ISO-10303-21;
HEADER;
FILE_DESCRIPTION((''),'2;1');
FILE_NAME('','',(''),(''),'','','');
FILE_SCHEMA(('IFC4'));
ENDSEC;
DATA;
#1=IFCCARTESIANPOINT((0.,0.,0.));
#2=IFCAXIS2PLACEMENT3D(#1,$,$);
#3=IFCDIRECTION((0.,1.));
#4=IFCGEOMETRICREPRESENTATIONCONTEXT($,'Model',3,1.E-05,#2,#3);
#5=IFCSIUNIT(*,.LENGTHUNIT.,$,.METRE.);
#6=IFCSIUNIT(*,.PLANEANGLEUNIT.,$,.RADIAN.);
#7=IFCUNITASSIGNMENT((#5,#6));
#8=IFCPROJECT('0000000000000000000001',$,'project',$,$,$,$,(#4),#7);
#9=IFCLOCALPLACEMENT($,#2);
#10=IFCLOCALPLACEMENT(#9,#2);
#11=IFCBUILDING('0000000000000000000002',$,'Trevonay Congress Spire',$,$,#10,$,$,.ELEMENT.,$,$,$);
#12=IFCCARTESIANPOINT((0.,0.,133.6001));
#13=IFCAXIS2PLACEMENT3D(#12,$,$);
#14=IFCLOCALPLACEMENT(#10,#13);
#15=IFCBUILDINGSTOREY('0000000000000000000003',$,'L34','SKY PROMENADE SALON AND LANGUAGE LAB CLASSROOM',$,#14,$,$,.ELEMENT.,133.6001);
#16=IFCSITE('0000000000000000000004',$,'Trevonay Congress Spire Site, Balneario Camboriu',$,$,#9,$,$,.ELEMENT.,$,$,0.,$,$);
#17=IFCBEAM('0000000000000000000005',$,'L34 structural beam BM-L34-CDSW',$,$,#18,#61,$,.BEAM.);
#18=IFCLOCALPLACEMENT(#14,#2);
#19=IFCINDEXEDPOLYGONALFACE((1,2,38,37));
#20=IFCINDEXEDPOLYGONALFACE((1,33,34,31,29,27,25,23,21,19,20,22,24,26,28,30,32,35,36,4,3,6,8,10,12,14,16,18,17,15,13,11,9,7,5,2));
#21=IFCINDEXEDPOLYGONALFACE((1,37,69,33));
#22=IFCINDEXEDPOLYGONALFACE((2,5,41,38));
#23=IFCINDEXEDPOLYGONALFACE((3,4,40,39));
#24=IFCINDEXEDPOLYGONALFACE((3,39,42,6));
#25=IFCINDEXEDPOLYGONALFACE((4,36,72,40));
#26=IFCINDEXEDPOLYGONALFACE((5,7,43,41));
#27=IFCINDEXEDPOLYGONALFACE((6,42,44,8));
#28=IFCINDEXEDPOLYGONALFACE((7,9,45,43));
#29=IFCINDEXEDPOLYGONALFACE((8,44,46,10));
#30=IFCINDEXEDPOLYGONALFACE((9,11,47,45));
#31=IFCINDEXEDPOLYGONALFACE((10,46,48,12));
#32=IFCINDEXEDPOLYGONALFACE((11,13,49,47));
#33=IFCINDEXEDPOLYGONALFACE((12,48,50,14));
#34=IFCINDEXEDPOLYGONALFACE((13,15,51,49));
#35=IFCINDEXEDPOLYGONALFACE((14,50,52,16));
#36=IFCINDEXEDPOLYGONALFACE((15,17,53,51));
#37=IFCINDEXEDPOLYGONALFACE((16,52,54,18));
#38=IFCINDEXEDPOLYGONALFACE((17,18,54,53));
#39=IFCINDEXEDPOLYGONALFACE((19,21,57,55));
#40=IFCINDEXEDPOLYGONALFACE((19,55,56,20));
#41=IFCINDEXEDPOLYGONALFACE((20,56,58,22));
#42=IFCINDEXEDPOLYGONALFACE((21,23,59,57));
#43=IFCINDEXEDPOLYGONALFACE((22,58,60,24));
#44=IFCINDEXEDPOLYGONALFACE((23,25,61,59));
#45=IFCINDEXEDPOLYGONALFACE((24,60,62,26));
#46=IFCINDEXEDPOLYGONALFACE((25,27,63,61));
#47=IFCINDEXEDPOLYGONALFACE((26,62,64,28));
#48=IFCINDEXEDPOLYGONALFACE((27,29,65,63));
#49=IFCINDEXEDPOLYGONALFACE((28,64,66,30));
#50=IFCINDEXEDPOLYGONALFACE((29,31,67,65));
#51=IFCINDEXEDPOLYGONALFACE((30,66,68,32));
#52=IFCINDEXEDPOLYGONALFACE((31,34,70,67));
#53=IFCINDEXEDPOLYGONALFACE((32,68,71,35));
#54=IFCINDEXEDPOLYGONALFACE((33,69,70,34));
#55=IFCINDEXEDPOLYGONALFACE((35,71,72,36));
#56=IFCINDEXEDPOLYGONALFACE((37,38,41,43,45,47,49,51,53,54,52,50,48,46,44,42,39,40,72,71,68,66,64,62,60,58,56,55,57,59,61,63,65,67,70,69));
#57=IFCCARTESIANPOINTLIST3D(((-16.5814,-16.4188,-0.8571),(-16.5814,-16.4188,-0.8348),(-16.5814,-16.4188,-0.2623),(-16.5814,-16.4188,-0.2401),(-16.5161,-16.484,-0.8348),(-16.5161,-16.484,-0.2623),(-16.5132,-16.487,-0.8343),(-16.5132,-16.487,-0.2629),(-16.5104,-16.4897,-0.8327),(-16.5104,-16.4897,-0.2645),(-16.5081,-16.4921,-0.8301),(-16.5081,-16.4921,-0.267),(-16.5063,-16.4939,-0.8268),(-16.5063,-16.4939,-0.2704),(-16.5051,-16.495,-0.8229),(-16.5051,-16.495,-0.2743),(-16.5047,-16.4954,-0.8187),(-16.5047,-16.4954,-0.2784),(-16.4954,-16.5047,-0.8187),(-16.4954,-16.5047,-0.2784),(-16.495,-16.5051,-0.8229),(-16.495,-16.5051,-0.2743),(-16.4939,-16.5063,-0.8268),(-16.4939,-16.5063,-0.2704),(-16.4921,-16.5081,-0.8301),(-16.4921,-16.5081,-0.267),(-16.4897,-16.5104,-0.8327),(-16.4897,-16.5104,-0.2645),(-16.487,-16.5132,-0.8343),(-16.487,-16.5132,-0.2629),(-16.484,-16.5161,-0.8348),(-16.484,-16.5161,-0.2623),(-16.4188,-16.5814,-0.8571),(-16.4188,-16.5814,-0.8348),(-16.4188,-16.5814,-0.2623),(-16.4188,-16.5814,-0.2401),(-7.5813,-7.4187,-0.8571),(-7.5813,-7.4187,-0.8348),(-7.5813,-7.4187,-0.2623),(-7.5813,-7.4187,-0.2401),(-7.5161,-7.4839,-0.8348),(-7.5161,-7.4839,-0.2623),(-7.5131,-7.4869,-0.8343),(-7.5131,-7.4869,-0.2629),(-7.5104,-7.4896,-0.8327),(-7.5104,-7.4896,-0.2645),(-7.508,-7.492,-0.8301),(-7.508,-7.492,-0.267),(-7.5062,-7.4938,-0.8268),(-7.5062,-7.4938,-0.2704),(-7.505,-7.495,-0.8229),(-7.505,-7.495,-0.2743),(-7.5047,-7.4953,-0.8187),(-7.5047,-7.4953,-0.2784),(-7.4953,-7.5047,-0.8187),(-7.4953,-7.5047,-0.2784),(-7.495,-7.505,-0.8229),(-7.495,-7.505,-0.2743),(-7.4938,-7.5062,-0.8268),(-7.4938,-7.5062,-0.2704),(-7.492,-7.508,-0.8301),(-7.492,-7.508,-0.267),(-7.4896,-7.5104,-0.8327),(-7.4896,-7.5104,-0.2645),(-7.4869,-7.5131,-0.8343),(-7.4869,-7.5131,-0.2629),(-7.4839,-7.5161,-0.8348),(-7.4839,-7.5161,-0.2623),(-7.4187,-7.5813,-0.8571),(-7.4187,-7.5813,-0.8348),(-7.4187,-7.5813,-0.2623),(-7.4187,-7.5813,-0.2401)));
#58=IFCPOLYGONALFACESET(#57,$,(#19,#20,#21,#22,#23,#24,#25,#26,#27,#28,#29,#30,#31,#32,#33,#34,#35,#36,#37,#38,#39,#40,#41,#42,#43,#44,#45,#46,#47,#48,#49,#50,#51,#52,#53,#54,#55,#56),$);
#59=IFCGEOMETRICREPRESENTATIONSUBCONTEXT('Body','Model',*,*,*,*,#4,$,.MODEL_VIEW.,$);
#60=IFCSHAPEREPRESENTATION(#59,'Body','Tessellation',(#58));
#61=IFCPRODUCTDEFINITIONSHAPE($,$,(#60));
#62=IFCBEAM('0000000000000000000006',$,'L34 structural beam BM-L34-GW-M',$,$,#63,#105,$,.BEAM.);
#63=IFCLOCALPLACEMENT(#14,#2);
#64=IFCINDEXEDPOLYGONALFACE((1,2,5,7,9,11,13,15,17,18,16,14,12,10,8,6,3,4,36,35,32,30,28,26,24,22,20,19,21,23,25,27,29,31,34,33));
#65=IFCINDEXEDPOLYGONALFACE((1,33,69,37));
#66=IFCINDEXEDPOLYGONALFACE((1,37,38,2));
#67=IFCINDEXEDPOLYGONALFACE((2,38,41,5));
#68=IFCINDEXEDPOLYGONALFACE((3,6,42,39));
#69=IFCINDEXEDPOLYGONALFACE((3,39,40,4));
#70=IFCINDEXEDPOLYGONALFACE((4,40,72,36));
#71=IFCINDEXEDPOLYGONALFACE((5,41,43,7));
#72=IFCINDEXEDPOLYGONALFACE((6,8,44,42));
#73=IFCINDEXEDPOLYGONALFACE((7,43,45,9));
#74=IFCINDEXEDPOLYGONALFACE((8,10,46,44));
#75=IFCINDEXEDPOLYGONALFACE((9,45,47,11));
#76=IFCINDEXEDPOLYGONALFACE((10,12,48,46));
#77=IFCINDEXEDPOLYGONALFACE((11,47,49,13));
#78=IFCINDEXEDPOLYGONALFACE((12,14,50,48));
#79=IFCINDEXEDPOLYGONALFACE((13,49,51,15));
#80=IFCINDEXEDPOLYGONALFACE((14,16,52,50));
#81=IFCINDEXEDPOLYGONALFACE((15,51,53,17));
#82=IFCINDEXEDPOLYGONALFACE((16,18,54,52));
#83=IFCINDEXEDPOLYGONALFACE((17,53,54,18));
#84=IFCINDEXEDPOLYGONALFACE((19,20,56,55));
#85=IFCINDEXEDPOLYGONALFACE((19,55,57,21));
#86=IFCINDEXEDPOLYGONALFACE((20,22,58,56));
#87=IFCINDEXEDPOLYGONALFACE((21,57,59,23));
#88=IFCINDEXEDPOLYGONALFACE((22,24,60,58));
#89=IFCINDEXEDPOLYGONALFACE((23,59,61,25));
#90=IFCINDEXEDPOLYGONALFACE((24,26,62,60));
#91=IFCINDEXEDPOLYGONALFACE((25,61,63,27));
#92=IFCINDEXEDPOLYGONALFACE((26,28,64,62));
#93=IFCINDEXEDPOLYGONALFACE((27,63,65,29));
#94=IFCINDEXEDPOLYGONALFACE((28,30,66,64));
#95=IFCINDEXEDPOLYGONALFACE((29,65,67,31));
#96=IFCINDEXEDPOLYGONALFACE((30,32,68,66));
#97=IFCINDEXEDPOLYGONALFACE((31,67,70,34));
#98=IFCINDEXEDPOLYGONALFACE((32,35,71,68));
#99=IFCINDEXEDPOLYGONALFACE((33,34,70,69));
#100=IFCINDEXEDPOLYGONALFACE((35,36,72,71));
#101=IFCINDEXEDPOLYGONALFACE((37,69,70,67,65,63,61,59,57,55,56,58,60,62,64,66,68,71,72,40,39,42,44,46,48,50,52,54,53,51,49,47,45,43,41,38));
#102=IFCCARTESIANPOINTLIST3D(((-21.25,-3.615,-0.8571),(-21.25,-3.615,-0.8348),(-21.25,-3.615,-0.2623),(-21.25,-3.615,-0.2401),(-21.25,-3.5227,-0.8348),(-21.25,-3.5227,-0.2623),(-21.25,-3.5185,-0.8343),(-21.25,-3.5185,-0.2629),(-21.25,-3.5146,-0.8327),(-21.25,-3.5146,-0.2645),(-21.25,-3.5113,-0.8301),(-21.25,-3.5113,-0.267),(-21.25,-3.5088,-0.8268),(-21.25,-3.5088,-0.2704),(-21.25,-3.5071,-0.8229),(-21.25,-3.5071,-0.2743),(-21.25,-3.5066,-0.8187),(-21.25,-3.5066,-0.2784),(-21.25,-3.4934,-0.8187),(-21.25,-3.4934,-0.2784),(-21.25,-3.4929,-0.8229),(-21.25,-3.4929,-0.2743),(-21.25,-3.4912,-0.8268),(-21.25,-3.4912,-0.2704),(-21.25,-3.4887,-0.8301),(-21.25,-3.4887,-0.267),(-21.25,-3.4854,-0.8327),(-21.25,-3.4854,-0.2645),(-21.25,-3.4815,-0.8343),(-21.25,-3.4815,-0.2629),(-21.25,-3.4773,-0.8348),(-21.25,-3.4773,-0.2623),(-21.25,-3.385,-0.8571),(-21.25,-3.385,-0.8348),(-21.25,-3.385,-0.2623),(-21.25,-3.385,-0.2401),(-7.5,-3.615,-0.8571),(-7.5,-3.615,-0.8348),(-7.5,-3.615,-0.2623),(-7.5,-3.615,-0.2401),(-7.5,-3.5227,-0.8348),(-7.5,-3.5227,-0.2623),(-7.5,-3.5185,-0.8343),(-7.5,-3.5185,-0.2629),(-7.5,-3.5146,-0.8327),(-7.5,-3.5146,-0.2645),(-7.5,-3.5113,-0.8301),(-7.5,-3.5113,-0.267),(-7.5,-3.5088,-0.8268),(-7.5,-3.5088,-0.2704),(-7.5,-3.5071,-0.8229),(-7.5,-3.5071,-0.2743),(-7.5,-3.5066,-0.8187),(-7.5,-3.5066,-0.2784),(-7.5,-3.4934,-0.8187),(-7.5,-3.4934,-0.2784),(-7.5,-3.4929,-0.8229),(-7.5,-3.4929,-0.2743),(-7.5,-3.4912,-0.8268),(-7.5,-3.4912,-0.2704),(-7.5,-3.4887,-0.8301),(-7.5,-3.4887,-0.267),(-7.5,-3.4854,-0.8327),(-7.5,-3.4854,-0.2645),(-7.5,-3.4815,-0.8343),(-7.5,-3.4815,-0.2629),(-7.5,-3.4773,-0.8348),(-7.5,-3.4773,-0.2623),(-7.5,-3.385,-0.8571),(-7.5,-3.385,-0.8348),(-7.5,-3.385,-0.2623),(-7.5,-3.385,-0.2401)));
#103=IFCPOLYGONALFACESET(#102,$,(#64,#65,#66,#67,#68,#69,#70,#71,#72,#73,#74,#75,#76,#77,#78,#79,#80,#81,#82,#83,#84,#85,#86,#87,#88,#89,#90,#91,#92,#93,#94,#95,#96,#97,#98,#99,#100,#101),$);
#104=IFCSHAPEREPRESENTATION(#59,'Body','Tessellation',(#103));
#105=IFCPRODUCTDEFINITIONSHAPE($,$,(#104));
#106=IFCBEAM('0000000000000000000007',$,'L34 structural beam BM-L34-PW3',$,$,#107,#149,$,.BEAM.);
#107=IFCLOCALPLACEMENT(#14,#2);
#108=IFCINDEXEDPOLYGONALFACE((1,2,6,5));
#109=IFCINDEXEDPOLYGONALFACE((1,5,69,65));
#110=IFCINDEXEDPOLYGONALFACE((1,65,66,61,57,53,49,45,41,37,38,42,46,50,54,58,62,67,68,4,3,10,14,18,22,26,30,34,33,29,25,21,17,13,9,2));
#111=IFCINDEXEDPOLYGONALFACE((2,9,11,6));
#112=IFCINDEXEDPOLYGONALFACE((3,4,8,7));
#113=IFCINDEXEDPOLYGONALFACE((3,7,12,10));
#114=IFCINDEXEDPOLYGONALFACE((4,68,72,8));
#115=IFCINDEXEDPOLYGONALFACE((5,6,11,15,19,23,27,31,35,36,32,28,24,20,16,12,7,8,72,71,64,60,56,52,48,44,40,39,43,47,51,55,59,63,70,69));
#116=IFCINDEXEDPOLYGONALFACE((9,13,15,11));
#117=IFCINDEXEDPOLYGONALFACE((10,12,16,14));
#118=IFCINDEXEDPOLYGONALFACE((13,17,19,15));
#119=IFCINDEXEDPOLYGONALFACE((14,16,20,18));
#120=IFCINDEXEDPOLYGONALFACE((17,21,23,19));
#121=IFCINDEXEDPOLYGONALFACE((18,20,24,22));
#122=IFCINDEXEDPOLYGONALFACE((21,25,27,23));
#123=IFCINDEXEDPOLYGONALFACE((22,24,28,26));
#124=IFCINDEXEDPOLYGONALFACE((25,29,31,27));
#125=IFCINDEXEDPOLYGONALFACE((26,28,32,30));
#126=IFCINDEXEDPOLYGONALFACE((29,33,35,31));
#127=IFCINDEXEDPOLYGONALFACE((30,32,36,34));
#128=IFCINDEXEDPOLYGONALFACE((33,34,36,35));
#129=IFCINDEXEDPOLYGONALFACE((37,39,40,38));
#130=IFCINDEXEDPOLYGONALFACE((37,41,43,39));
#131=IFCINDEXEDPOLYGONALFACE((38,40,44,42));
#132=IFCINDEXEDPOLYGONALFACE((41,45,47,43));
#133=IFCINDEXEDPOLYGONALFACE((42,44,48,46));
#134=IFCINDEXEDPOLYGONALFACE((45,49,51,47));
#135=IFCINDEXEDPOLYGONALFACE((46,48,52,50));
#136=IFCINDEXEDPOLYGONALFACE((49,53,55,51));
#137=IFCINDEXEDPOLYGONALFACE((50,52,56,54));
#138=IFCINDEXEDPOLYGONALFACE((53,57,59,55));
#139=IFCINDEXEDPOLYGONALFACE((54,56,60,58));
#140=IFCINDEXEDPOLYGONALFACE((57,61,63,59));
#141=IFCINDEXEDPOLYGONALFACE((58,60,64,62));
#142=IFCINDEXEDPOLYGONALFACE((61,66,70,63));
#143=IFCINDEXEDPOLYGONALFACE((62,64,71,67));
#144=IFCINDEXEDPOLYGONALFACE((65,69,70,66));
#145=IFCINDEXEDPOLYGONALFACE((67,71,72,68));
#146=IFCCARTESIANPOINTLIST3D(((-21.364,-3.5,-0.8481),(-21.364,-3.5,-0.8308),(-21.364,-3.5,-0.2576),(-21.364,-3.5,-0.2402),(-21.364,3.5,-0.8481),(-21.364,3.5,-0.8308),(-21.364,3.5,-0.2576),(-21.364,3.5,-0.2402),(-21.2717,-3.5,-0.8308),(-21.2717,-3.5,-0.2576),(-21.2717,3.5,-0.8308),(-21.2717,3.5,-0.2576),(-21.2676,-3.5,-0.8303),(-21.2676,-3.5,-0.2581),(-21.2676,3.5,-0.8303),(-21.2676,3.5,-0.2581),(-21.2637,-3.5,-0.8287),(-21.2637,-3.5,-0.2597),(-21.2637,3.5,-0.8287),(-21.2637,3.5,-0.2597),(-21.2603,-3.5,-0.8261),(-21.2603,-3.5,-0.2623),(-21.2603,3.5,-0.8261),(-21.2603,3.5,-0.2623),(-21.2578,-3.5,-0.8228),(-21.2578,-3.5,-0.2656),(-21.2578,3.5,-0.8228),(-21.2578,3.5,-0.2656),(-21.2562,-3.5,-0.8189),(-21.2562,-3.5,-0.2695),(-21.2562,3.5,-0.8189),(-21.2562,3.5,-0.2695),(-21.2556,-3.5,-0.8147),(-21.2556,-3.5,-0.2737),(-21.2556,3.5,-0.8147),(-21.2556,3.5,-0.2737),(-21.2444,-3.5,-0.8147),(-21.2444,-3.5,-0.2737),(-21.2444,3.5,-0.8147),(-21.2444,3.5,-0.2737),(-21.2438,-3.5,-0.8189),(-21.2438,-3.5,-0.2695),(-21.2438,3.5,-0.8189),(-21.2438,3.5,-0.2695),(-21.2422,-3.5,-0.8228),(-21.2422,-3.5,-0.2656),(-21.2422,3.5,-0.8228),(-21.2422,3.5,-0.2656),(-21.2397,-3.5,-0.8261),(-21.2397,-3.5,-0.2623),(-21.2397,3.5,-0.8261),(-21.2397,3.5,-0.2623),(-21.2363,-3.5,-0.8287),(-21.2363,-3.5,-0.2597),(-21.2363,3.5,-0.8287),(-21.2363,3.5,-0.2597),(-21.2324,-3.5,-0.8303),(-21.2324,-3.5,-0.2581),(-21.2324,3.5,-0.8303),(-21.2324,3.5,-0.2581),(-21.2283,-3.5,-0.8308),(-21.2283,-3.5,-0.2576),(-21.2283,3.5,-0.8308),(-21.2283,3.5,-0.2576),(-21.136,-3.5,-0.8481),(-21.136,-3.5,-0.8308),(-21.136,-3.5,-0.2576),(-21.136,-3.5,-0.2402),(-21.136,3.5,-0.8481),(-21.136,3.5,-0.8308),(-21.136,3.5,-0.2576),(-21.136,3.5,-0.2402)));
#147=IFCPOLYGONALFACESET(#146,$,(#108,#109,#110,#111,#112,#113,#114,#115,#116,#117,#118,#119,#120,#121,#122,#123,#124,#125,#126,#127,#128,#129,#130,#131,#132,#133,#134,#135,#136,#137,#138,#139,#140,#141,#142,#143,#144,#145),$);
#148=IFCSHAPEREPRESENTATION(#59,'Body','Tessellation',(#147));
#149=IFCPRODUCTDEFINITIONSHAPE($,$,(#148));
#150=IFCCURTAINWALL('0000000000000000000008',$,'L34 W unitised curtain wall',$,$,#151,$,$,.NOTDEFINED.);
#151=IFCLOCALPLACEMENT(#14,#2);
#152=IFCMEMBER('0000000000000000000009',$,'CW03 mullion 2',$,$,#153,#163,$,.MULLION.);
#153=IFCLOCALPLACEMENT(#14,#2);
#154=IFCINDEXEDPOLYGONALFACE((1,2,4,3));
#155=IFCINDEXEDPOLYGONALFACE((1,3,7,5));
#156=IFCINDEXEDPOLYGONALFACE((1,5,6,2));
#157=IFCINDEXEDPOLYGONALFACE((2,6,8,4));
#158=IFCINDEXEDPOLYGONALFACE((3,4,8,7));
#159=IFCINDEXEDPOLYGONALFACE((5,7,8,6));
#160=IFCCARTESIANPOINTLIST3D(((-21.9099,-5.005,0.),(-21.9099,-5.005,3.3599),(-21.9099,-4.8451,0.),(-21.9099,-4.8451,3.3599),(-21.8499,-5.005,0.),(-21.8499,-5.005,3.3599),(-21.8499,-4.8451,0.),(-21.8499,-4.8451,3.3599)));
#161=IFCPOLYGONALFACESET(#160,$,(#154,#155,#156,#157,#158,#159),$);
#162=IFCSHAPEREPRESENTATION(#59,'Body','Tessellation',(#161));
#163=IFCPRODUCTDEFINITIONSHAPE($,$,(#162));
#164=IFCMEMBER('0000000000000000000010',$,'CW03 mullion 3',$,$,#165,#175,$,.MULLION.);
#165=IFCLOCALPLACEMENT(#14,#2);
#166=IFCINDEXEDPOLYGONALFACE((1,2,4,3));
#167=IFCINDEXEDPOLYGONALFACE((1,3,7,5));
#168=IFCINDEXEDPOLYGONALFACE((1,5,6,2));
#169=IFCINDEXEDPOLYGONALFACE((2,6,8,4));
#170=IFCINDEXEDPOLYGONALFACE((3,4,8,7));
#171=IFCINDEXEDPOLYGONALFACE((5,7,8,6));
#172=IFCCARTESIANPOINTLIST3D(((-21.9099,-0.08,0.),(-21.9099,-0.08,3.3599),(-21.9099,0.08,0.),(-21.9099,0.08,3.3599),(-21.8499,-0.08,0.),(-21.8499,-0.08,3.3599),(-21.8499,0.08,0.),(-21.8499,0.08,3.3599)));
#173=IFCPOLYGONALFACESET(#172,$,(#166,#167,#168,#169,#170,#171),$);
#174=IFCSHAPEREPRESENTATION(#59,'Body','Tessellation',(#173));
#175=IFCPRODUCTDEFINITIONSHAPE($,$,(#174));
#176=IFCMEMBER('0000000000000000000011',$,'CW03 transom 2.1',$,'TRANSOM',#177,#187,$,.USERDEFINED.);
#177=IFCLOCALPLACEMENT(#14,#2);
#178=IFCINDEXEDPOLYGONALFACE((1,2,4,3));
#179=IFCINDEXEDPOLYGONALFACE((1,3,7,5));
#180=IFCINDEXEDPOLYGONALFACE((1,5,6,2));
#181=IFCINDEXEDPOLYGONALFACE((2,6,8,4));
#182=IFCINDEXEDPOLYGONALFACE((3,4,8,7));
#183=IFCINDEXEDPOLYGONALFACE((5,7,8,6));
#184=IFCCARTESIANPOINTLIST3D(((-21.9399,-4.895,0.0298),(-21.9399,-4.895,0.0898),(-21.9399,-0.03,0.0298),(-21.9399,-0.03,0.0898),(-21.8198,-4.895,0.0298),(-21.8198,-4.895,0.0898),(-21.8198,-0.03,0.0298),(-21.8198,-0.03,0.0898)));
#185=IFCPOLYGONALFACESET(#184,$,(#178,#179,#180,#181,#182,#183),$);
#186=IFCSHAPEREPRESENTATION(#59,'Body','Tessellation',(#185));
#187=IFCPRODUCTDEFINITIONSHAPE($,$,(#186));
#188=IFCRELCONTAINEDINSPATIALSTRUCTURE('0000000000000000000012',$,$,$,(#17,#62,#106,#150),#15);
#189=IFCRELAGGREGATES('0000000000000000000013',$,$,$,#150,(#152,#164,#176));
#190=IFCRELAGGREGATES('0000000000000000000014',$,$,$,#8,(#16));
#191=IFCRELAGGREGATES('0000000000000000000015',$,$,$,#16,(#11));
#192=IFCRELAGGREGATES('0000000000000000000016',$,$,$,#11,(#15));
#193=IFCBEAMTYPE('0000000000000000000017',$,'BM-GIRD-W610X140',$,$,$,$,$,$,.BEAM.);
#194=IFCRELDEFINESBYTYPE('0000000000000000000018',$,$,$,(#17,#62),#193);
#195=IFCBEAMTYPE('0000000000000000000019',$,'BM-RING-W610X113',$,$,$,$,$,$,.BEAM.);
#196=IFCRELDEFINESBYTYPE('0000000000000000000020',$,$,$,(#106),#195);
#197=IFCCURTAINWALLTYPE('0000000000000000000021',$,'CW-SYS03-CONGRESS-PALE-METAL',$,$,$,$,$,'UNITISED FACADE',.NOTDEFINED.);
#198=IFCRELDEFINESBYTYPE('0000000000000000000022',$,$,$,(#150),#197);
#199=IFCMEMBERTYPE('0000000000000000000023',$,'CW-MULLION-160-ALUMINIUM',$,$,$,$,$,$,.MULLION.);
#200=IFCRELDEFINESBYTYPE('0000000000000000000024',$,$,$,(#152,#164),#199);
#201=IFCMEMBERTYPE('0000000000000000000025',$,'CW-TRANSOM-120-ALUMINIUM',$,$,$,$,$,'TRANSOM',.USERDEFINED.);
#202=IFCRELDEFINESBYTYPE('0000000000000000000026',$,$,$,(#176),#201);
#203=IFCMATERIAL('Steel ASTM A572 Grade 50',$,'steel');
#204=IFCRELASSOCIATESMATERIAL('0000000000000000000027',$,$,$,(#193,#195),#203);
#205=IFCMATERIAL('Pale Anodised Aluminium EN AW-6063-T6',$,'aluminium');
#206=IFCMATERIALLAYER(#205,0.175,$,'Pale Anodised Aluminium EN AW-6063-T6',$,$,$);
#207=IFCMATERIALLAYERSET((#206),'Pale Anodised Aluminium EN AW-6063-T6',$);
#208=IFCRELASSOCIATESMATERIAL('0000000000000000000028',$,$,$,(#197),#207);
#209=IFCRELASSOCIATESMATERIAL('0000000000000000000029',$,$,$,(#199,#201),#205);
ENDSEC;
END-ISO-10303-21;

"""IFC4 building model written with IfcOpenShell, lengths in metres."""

from ifc_helpers import new_model, si_unit, direction, frame, origin, origin_2d, place, context, subcontext, project, spatial, rectangle, i_section, extrude, material, layer, layer_set, material_profile, profile_set, type_object, element, aggregate, save


model = new_model("IFC4")

# Units and contexts
model_context = context("Model", 3, precision=1e-05, world=origin(), true_north=direction((0.0, 1.0)))
body_context = subcontext(model_context, "Body", "Model", "MODEL_VIEW")
ifc_project = project(units=[si_unit("LENGTHUNIT", "METRE"), si_unit("PLANEANGLEUNIT", "RADIAN")], contexts=[model_context])

# Site, building, storey
site_placement = place(None, origin())
site = spatial("IfcSite", under=ifc_project, at=site_placement, Name="Trevonay Congress Spire Site, Balneario Camboriu", CompositionType="ELEMENT", RefElevation=0.0)
building_placement = place(site_placement, origin())
building = spatial("IfcBuilding", under=site, at=building_placement, Name="Trevonay Congress Spire", CompositionType="ELEMENT")
storey_placement = place(building_placement, frame((0.0, 0.0, 133.6001)))
storey = spatial("IfcBuildingStorey", under=building, at=storey_placement, Name="L34", Description="SKY PROMENADE SALON AND LANGUAGE LAB CLASSROOM", CompositionType="ELEMENT", Elevation=133.6001)

# Shared definitions
ifc_material_1 = material(Name="Steel ASTM A572 Grade 50", Category="steel")

# Beams
ifc_material_profile_1 = material_profile(ifc_material_1, i_section(OverallWidth=0.23, OverallDepth=0.6169, WebThickness=0.0132, FlangeThickness=0.0222, FilletRadius=0.0161, at=origin_2d()), Name="W610x140")
ifc_profile_set_1 = profile_set([ifc_material_profile_1], Name="Steel ASTM A572 Grade 50")
beam_type_1 = type_object("IfcBeamType", Name="BM-GIRD-W610X140", PredefinedType="BEAM", material=ifc_profile_set_1)
beam_1_placement = place(storey_placement, frame((-7.5, -7.5, -0.5486), z_axis=(-0.707107, -0.707107, 0.0), x_axis=(0.707107, -0.707107, 0.0)))
element("IfcBeam", 1, at=beam_1_placement, inside=storey, type_object=beam_type_1, Name="L34 structural beam BM-L34-CDSW", PredefinedType="BEAM", context=body_context, shape_type="SweptSolid", body=[
    extrude(i_section(OverallWidth=0.23, OverallDepth=0.6169, WebThickness=0.0132, FlangeThickness=0.0222, FilletRadius=0.0161, at=origin_2d()), origin(), (0.0, 0.0, 1.0), 12.728),
])
beam_2_placement = place(storey_placement, frame((-7.5, -3.5, -0.5486), z_axis=(-1.0, 0.0, 0.0), x_axis=(0.0, -1.0, 0.0)))
element("IfcBeam", 2, at=beam_2_placement, inside=storey, type_object=beam_type_1, Name="L34 structural beam BM-L34-GW-M", PredefinedType="BEAM", context=body_context, shape_type="SweptSolid", body=[
    extrude(i_section(OverallWidth=0.23, OverallDepth=0.6169, WebThickness=0.0132, FlangeThickness=0.0222, FilletRadius=0.0161, at=origin_2d()), origin(), (0.0, 0.0, 1.0), 13.75),
])
ifc_material_profile_2 = material_profile(ifc_material_1, i_section(OverallWidth=0.228, OverallDepth=0.6079, WebThickness=0.0112, FlangeThickness=0.0173, FilletRadius=0.0161, at=origin_2d()), Name="W610x113")
ifc_profile_set_2 = profile_set([ifc_material_profile_2], Name="Steel ASTM A572 Grade 50")
beam_type_2 = type_object("IfcBeamType", Name="BM-RING-W610X113", PredefinedType="BEAM", material=ifc_profile_set_2)
beam_3_placement = place(storey_placement, frame((-21.25, -3.5, -0.5442), z_axis=(0.0, 1.0, 0.0), x_axis=(-1.0, 0.0, 0.0)))
element("IfcBeam", 3, at=beam_3_placement, inside=storey, type_object=beam_type_2, Name="L34 structural beam BM-L34-PW3", PredefinedType="BEAM", context=body_context, shape_type="SweptSolid", body=[
    extrude(i_section(OverallWidth=0.228, OverallDepth=0.6079, WebThickness=0.0112, FlangeThickness=0.0173, FilletRadius=0.0161, at=origin_2d()), origin(), (0.0, 0.0, 1.0), 7.0),
])

# Curtain wall, members
ifc_material_2 = material(Name="Pale Anodised Aluminium EN AW-6063-T6", Category="aluminium")
ifc_layer_1 = layer(ifc_material_2, 0.175, Name="Pale Anodised Aluminium EN AW-6063-T6")
ifc_layer_set_1 = layer_set([ifc_layer_1], Name="Pale Anodised Aluminium EN AW-6063-T6")
curtain_wall_type = type_object("IfcCurtainWallType", Name="CW-SYS03-CONGRESS-PALE-METAL", ElementType="UNITISED FACADE", PredefinedType="NOTDEFINED", material=ifc_layer_set_1)
curtain_wall_placement = place(storey_placement, origin())
curtain_wall = element("IfcCurtainWall", 4, at=curtain_wall_placement, inside=storey, type_object=curtain_wall_type, Name="L34 W unitised curtain wall", PredefinedType="NOTDEFINED")
ifc_material_profile_3 = material_profile(ifc_material_2, rectangle(XDim=0.0601, YDim=0.1599, at=origin_2d()), Name="CW-MULLION-160-ALUMINIUM")
ifc_profile_set_3 = profile_set([ifc_material_profile_3], Name="Pale Anodised Aluminium EN AW-6063-T6")
member_type_1 = type_object("IfcMemberType", Name="CW-MULLION-160-ALUMINIUM", PredefinedType="MULLION", material=ifc_profile_set_3)
member_1_placement = place(storey_placement, frame((-21.8799, -4.925, 0.0), z_axis=(0.0, 0.0, 1.0), x_axis=(-1.0, 0.0, 0.0)))
member_1 = element("IfcMember", 5, at=member_1_placement, type_object=member_type_1, Name="CW03 mullion 2", PredefinedType="MULLION", context=body_context, shape_type="SweptSolid", body=[
    extrude(rectangle(XDim=0.0601, YDim=0.1599, at=origin_2d()), origin(), (0.0, 0.0, 1.0), 3.3599),
])
member_2_placement = place(storey_placement, frame((-21.8799, 0.0, 0.0), z_axis=(0.0, 0.0, 1.0), x_axis=(-1.0, 0.0, 0.0)))
member_2 = element("IfcMember", 6, at=member_2_placement, type_object=member_type_1, Name="CW03 mullion 3", PredefinedType="MULLION", context=body_context, shape_type="SweptSolid", body=[
    extrude(rectangle(XDim=0.0601, YDim=0.1599, at=origin_2d()), origin(), (0.0, 0.0, 1.0), 3.3599),
])
ifc_material_profile_4 = material_profile(ifc_material_2, rectangle(XDim=0.1201, YDim=0.0601, at=origin_2d()), Name="CW-TRANSOM-120-ALUMINIUM")
ifc_profile_set_4 = profile_set([ifc_material_profile_4], Name="Pale Anodised Aluminium EN AW-6063-T6")
member_type_2 = type_object("IfcMemberType", Name="CW-TRANSOM-120-ALUMINIUM", ElementType="TRANSOM", PredefinedType="USERDEFINED", material=ifc_profile_set_4)
member_3_placement = place(storey_placement, frame((-21.8799, -4.895, 0.0598), z_axis=(0.0, 1.0, 0.0), x_axis=(-1.0, 0.0, 0.0)))
member_3 = element("IfcMember", 7, at=member_3_placement, type_object=member_type_2, Name="CW03 transom 2.1", ObjectType="TRANSOM", PredefinedType="USERDEFINED", context=body_context, shape_type="SweptSolid", body=[
    extrude(rectangle(XDim=0.1201, YDim=0.0601, at=origin_2d()), origin(), (0.0, 0.0, 1.0), 4.865),
])

aggregate(curtain_wall, [member_1, member_2, member_3])

save(model, "model.ifc")
